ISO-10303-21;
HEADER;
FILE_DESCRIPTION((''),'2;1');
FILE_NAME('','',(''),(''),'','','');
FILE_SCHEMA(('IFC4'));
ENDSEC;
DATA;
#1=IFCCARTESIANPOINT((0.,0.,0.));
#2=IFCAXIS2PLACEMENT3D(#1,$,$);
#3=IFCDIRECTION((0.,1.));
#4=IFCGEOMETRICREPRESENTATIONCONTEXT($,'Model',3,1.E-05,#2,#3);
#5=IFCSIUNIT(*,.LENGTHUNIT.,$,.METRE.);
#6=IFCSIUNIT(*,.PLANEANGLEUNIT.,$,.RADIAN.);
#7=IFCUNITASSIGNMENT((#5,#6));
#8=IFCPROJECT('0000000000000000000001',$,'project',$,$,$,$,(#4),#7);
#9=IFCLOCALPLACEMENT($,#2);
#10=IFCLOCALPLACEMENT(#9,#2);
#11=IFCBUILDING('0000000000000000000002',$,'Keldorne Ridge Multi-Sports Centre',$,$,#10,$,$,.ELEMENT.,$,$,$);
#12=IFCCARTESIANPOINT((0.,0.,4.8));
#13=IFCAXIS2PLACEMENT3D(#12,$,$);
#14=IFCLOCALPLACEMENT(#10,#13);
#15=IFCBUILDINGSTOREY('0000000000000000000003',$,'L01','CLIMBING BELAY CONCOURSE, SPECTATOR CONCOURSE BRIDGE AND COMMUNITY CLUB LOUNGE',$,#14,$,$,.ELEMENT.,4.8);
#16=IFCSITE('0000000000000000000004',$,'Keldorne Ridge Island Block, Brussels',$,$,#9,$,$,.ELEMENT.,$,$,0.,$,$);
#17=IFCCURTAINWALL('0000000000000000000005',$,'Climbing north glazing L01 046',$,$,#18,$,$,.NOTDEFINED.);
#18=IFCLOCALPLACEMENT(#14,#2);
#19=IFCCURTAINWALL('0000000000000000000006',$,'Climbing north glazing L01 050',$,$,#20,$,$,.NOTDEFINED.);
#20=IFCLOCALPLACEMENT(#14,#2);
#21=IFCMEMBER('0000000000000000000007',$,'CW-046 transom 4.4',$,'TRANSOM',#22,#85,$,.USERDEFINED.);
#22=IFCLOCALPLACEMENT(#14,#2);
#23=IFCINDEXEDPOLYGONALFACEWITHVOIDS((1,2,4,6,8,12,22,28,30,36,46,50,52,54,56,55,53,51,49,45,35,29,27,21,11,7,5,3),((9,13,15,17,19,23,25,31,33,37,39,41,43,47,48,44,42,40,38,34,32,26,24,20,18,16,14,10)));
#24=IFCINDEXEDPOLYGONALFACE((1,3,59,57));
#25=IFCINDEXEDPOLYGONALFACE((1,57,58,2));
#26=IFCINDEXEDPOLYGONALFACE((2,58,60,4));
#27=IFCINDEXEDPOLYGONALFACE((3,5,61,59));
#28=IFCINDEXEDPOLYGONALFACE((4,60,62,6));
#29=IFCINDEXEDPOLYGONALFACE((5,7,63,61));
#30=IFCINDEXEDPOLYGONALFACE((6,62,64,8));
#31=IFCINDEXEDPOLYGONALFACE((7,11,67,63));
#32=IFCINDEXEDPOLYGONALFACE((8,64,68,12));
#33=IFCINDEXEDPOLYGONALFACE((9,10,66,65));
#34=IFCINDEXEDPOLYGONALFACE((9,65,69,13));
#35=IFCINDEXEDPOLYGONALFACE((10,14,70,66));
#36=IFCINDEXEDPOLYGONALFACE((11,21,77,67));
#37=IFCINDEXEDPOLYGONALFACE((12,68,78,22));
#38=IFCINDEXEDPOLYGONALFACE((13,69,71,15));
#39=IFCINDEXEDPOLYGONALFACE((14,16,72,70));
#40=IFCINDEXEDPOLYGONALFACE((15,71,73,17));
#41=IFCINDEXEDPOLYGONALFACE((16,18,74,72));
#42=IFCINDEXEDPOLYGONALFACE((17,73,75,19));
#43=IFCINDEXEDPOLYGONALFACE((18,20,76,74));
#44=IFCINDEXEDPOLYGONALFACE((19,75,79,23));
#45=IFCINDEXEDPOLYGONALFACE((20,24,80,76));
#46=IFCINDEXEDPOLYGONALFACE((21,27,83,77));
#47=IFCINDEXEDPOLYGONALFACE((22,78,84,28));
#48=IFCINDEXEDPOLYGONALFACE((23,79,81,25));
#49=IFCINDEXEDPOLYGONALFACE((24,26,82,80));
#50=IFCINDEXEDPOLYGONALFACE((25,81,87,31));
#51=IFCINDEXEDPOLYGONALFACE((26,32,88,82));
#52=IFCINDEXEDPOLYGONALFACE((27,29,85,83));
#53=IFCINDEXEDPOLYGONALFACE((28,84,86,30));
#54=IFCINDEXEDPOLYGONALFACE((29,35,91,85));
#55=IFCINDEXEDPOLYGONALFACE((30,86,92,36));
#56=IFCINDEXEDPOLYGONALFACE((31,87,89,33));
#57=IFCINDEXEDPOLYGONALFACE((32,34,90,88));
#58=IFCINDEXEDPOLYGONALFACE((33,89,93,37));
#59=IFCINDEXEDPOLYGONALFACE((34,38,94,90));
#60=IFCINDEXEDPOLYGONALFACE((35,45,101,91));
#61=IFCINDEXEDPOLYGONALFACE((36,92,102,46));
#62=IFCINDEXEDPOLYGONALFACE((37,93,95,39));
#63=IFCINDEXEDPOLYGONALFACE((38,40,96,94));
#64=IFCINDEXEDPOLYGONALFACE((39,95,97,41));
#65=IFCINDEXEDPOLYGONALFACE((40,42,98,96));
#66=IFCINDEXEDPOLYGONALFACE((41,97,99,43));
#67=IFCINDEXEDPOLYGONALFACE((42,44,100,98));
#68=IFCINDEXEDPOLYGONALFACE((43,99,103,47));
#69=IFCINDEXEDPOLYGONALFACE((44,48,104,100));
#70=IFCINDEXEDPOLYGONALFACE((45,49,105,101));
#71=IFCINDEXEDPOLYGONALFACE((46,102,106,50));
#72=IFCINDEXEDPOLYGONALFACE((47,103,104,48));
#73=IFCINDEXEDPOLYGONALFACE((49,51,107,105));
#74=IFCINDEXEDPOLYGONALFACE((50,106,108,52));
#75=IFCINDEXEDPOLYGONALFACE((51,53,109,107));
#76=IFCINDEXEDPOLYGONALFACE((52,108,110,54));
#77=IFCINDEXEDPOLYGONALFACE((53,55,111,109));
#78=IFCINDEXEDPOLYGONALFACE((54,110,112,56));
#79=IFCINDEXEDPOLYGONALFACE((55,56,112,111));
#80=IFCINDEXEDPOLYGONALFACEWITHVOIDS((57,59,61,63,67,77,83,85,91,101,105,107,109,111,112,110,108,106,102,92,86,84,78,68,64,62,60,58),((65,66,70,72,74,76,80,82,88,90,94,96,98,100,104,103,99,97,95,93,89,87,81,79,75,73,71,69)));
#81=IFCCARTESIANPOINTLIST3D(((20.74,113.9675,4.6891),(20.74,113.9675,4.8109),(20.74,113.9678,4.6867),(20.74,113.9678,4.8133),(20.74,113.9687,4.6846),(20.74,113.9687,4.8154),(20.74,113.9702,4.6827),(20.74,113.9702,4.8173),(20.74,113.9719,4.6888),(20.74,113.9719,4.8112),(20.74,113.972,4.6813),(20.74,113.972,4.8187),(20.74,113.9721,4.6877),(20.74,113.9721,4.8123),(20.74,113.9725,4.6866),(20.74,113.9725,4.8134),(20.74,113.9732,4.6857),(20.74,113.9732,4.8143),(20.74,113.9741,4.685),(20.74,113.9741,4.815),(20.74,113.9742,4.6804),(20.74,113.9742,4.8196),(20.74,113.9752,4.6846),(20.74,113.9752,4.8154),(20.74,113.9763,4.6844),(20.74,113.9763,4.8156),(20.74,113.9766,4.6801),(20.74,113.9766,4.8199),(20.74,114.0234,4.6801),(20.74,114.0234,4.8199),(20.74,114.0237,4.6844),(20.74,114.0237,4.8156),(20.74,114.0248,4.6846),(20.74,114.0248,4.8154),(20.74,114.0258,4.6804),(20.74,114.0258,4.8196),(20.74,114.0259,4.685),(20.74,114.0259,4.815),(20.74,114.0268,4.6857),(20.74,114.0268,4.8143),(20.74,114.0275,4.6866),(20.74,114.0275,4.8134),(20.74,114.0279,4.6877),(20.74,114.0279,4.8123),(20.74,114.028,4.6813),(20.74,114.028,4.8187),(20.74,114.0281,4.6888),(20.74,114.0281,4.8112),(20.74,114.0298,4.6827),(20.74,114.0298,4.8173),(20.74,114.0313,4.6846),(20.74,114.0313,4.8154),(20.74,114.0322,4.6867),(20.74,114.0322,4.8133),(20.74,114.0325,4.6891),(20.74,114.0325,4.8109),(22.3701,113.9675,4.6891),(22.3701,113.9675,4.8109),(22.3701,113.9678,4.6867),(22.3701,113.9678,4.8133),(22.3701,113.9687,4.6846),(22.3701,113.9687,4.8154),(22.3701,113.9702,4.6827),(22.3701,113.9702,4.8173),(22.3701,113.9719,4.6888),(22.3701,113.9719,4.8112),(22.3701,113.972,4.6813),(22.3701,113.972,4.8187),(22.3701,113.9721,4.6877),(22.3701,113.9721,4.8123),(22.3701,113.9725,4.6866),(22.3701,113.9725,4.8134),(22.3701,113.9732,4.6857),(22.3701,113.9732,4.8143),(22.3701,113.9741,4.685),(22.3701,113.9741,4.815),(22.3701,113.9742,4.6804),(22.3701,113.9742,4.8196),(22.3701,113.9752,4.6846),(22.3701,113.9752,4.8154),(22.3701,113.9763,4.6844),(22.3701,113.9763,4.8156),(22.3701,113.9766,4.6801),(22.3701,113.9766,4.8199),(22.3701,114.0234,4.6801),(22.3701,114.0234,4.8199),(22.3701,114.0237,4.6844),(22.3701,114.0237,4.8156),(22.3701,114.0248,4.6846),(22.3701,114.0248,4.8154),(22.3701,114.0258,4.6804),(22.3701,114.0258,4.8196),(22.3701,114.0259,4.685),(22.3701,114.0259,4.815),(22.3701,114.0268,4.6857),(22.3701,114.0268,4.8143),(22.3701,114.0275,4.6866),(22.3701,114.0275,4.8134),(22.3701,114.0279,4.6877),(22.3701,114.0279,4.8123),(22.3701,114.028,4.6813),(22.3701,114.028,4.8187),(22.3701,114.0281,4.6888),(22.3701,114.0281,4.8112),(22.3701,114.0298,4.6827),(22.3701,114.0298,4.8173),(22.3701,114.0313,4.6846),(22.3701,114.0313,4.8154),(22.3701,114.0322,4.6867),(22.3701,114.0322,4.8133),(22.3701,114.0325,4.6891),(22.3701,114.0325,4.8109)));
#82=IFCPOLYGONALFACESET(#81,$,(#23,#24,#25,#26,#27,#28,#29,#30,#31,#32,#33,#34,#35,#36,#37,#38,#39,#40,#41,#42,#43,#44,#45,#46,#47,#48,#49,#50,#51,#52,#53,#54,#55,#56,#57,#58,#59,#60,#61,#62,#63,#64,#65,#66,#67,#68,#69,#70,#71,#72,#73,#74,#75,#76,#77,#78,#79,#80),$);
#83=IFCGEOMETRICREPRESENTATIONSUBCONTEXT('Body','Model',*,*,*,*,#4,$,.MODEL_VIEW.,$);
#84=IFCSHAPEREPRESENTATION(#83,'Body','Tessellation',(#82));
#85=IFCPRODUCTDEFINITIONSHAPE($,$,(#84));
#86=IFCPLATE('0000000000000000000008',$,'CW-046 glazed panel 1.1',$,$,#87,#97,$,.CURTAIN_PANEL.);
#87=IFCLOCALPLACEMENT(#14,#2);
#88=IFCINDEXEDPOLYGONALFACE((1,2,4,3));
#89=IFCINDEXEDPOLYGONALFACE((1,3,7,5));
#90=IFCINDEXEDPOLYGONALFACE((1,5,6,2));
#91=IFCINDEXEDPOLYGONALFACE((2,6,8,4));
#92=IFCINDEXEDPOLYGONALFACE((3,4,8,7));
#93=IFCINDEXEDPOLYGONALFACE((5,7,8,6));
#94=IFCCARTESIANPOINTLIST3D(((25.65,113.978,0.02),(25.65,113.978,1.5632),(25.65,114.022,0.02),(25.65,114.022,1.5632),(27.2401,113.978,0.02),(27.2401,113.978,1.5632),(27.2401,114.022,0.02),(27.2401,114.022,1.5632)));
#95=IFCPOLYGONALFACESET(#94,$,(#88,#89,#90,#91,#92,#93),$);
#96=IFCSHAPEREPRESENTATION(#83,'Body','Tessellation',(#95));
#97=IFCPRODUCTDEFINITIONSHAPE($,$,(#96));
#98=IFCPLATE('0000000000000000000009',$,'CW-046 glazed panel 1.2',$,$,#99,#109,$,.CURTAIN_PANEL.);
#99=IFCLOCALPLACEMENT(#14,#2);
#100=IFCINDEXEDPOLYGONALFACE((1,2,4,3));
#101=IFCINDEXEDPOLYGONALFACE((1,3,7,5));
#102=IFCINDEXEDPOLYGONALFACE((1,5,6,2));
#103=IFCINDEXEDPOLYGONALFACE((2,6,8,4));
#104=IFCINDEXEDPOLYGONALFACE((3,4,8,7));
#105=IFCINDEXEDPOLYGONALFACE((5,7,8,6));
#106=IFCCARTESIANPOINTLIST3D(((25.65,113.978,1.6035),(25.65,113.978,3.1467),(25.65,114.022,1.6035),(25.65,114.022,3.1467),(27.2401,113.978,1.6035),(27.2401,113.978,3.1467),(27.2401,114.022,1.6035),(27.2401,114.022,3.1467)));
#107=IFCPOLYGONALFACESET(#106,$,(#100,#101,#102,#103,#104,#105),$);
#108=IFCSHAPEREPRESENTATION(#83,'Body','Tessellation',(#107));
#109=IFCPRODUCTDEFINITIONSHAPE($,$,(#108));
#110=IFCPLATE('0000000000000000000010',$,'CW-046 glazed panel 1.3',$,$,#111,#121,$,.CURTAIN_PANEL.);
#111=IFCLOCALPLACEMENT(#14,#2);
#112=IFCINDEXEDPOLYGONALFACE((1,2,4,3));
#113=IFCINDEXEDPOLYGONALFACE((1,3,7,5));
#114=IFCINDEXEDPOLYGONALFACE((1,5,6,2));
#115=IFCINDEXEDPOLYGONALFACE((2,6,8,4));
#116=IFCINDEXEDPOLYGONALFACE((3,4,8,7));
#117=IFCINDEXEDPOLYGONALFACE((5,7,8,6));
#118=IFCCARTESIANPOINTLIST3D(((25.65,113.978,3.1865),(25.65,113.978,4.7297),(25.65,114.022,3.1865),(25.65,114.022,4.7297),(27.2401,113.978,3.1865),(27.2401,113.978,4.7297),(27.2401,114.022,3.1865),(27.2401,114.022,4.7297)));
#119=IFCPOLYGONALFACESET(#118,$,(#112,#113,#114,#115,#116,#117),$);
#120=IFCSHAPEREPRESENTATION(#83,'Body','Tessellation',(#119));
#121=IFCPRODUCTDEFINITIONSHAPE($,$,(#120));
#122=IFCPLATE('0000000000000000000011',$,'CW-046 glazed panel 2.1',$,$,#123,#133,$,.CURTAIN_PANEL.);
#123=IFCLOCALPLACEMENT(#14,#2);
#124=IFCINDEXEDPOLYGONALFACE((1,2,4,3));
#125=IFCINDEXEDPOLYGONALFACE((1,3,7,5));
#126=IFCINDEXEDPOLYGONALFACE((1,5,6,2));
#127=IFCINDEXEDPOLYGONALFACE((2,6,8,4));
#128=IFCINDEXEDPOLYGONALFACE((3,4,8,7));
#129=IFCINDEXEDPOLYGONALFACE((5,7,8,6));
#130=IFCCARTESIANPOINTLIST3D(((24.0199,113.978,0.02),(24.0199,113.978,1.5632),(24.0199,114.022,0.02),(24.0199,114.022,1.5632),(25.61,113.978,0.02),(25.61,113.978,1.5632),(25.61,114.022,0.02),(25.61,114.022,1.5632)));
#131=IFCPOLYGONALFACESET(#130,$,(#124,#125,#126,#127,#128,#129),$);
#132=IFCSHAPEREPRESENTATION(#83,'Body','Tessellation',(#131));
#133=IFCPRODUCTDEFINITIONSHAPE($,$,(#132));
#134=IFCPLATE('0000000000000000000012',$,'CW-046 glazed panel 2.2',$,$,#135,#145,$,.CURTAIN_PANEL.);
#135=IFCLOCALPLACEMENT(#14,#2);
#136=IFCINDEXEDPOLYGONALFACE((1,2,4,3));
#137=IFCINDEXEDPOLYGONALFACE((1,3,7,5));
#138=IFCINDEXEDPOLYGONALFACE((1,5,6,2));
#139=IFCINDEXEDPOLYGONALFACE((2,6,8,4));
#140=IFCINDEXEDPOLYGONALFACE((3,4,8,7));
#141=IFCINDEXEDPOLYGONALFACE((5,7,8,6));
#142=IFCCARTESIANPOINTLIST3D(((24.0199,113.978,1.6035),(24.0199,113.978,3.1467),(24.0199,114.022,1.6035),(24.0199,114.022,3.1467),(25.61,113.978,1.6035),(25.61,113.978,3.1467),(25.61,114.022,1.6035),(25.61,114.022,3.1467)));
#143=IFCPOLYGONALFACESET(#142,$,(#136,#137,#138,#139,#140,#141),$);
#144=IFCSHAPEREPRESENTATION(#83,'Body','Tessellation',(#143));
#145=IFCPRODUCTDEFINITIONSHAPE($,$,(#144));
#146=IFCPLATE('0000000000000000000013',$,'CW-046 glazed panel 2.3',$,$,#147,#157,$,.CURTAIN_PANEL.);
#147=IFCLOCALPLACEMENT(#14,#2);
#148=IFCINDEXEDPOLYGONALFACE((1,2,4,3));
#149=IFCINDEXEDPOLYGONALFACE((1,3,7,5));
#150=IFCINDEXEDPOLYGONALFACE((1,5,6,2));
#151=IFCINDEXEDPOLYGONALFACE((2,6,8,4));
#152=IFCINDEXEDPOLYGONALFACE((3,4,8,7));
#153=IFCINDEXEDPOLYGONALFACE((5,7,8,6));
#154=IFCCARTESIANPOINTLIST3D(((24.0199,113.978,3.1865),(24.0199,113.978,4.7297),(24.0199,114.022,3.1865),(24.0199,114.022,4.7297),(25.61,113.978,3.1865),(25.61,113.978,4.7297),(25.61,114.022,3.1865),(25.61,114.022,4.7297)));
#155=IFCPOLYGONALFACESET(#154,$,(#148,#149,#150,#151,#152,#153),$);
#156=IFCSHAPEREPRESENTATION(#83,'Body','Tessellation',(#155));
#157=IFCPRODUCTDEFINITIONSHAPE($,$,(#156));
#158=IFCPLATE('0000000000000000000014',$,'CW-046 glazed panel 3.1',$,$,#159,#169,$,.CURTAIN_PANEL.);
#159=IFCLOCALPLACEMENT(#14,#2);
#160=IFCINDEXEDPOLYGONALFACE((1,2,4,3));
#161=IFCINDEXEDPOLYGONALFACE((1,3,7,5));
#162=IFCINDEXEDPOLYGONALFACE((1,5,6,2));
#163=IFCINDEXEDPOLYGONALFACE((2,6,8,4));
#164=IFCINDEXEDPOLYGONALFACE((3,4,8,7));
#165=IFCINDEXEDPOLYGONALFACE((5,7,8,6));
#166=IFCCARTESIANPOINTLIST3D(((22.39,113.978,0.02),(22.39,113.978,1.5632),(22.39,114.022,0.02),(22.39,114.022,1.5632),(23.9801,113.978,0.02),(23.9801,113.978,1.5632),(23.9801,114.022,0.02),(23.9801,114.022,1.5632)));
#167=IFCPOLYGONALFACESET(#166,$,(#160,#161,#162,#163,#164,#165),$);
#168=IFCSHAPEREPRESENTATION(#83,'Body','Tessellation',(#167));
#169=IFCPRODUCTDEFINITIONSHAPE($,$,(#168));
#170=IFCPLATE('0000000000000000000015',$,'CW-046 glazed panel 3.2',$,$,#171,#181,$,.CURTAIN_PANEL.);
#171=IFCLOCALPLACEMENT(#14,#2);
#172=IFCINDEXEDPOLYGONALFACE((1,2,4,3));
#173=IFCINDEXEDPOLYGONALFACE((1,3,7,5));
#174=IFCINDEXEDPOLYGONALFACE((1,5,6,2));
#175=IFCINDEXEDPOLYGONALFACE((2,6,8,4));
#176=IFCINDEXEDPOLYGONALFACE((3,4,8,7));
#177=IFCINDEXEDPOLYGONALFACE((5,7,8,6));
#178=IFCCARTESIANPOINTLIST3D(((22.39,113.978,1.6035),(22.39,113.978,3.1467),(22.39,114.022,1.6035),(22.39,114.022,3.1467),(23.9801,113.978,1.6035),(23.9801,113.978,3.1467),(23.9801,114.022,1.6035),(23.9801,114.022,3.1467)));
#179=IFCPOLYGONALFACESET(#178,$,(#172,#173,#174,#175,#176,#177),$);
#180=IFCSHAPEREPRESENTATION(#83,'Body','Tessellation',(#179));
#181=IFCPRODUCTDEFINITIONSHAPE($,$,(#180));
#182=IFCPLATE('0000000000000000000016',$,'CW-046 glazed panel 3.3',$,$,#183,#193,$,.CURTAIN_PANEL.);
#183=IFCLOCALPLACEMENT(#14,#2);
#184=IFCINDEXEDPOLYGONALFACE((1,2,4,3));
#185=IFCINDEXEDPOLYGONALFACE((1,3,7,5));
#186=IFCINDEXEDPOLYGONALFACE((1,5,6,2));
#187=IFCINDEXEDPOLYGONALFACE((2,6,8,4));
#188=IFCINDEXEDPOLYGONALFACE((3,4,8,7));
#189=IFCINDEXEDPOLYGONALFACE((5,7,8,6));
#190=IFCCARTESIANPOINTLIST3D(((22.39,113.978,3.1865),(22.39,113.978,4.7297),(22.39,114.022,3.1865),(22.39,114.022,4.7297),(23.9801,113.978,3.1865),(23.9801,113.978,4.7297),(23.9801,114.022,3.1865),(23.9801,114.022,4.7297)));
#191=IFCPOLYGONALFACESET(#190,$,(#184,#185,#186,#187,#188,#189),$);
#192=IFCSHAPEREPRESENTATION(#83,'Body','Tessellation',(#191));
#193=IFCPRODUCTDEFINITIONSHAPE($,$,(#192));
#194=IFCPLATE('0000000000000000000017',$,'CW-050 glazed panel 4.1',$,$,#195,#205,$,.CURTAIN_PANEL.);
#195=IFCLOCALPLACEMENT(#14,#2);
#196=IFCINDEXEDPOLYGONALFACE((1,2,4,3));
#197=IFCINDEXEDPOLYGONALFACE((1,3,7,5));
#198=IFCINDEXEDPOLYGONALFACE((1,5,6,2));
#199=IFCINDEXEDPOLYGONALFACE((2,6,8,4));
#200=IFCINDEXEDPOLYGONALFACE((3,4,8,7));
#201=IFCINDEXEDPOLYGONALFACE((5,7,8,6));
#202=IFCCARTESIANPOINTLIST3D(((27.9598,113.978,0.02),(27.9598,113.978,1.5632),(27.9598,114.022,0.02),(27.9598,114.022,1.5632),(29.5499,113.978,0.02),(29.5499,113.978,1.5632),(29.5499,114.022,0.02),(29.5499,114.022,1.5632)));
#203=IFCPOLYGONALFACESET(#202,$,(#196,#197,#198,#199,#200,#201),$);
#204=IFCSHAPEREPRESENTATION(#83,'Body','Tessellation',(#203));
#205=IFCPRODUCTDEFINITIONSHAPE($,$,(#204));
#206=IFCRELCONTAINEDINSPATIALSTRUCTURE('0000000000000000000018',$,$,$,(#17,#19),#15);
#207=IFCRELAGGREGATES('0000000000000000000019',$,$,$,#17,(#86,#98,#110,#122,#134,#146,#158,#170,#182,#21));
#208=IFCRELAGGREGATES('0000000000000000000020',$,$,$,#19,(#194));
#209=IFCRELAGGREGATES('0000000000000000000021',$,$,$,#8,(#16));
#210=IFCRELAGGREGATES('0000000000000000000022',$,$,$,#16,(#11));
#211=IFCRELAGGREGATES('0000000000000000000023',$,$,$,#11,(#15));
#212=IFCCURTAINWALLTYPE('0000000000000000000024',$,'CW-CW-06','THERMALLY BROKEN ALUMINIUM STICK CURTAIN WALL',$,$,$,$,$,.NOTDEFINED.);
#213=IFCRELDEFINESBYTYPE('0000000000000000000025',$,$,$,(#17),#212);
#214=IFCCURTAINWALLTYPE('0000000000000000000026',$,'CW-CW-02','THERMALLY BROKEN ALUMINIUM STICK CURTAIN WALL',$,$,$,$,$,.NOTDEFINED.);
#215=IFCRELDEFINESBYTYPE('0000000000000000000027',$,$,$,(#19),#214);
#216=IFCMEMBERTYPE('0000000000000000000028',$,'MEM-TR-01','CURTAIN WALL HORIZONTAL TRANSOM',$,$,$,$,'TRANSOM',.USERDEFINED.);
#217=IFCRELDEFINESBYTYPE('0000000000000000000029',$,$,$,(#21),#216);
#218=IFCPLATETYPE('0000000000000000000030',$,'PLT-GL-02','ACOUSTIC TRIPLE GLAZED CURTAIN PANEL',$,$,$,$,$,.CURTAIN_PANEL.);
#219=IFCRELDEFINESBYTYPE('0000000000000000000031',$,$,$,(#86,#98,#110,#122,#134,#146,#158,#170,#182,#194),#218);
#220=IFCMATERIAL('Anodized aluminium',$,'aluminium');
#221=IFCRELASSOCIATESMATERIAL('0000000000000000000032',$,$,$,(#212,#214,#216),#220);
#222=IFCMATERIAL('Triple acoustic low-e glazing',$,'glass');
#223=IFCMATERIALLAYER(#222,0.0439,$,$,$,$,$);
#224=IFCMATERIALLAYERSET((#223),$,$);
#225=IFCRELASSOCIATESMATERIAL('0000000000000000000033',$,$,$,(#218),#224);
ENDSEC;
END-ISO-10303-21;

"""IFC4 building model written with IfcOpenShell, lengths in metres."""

from ifc_helpers import new_model, si_unit, direction, frame, origin, origin_2d, place, context, subcontext, project, spatial, rectangle, hollow_rectangle, extrude, material, layer, layer_set, material_profile, profile_set, type_object, element, aggregate, save


model = new_model("IFC4")

# Units and contexts
model_context = context("Model", 3, precision=1e-05, world=origin(), true_north=direction((0.0, 1.0)))
body_context = subcontext(model_context, "Body", "Model", "MODEL_VIEW")
ifc_project = project(units=[si_unit("LENGTHUNIT", "METRE"), si_unit("PLANEANGLEUNIT", "RADIAN")], contexts=[model_context])

# Site, building, storey
site_placement = place(None, origin())
site = spatial("IfcSite", under=ifc_project, at=site_placement, Name="Keldorne Ridge Island Block, Brussels", CompositionType="ELEMENT", RefElevation=0.0)
building_placement = place(site_placement, origin())
building = spatial("IfcBuilding", under=site, at=building_placement, Name="Keldorne Ridge Multi-Sports Centre", CompositionType="ELEMENT")
storey_placement = place(building_placement, frame((0.0, 0.0, 4.8)))
storey = spatial("IfcBuildingStorey", under=building, at=storey_placement, Name="L01", Description="CLIMBING BELAY CONCOURSE, SPECTATOR CONCOURSE BRIDGE AND COMMUNITY CLUB LOUNGE", CompositionType="ELEMENT", Elevation=4.8)

# Curtain wall
ifc_material_1 = material(Name="Anodized aluminium", Category="aluminium")
curtain_wall_type_1 = type_object("IfcCurtainWallType", Name="CW-CW-06", Description="THERMALLY BROKEN ALUMINIUM STICK CURTAIN WALL", PredefinedType="NOTDEFINED", material=ifc_material_1)
curtain_wall_1_placement = place(storey_placement, origin())
curtain_wall_1 = element("IfcCurtainWall", 1, at=curtain_wall_1_placement, inside=storey, type_object=curtain_wall_type_1, Name="Climbing north glazing L01 046", PredefinedType="NOTDEFINED")

# Curtain wall
curtain_wall_type_2 = type_object("IfcCurtainWallType", Name="CW-CW-02", Description="THERMALLY BROKEN ALUMINIUM STICK CURTAIN WALL", PredefinedType="NOTDEFINED", material=ifc_material_1)
curtain_wall_2_placement = place(storey_placement, origin())
curtain_wall_2 = element("IfcCurtainWall", 2, at=curtain_wall_2_placement, inside=storey, type_object=curtain_wall_type_2, Name="Climbing north glazing L01 050", PredefinedType="NOTDEFINED")

# Member
ifc_material_profile_1 = material_profile(ifc_material_1, hollow_rectangle(XDim=0.0649, YDim=0.1399, WallThickness=0.0044, InnerFilletRadius=0.0044, OuterFilletRadius=0.009, at=origin_2d()), Name="ALU TRANSOM 140x65x4.5")
ifc_profile_set_1 = profile_set([ifc_material_profile_1], Name="Anodized aluminium")
member_type_1 = type_object("IfcMemberType", Name="MEM-TR-01", Description="CURTAIN WALL HORIZONTAL TRANSOM", ElementType="TRANSOM", PredefinedType="USERDEFINED", material=ifc_profile_set_1)
member_1_placement = place(storey_placement, frame((22.3701, 114.0, 4.75), z_axis=(-1.0, 0.0, 0.0), x_axis=(0.0, -1.0, 0.0)))
member_1 = element("IfcMember", 3, at=member_1_placement, type_object=member_type_1, Name="CW-046 transom 4.4", ObjectType="TRANSOM", PredefinedType="USERDEFINED", context=body_context, shape_type="SweptSolid", body=[
    extrude(hollow_rectangle(XDim=0.0649, YDim=0.1399, WallThickness=0.0044, InnerFilletRadius=0.0044, OuterFilletRadius=0.009, at=origin_2d()), origin(), (0.0, 0.0, 1.0), 1.6301),
])

# Plates
ifc_material_2 = material(Name="Triple acoustic low-e glazing", Category="glass")
ifc_layer = layer(ifc_material_2, 0.0439)
ifc_layer_set = layer_set([ifc_layer])
plate_type = type_object("IfcPlateType", Name="PLT-GL-02", Description="ACOUSTIC TRIPLE GLAZED CURTAIN PANEL", PredefinedType="CURTAIN_PANEL", material=ifc_layer_set)
plate_1_placement = place(storey_placement, frame((26.4451, 114.0, 0.02), z_axis=(0.0, 0.0, 1.0), x_axis=(-1.0, 0.0, 0.0)))
plate_1 = element("IfcPlate", 4, at=plate_1_placement, type_object=plate_type, Name="CW-046 glazed panel 1.1", PredefinedType="CURTAIN_PANEL", context=body_context, shape_type="SweptSolid", body=[
    extrude(rectangle(XDim=1.5901, YDim=0.0439, at=origin_2d()), origin(), (0.0, 0.0, 1.0), 1.5432),
])
plate_2_placement = place(storey_placement, frame((26.4451, 114.0, 1.6035), z_axis=(0.0, 0.0, 1.0), x_axis=(-1.0, 0.0, 0.0)))
plate_2 = element("IfcPlate", 5, at=plate_2_placement, type_object=plate_type, Name="CW-046 glazed panel 1.2", PredefinedType="CURTAIN_PANEL", context=body_context, shape_type="SweptSolid", body=[
    extrude(rectangle(XDim=1.5901, YDim=0.0439, at=origin_2d()), origin(), (0.0, 0.0, 1.0), 1.5432),
])
plate_3_placement = place(storey_placement, frame((26.4451, 114.0, 3.1865), z_axis=(0.0, 0.0, 1.0), x_axis=(-1.0, 0.0, 0.0)))
plate_3 = element("IfcPlate", 6, at=plate_3_placement, type_object=plate_type, Name="CW-046 glazed panel 1.3", PredefinedType="CURTAIN_PANEL", context=body_context, shape_type="SweptSolid", body=[
    extrude(rectangle(XDim=1.5901, YDim=0.0439, at=origin_2d()), origin(), (0.0, 0.0, 1.0), 1.5432),
])
plate_4_placement = place(storey_placement, frame((24.8149, 114.0, 0.02), z_axis=(0.0, 0.0, 1.0), x_axis=(-1.0, 0.0, 0.0)))
plate_4 = element("IfcPlate", 7, at=plate_4_placement, type_object=plate_type, Name="CW-046 glazed panel 2.1", PredefinedType="CURTAIN_PANEL", context=body_context, shape_type="SweptSolid", body=[
    extrude(rectangle(XDim=1.5901, YDim=0.0439, at=origin_2d()), origin(), (0.0, 0.0, 1.0), 1.5432),
])
plate_5_placement = place(storey_placement, frame((24.8149, 114.0, 1.6035), z_axis=(0.0, 0.0, 1.0), x_axis=(-1.0, 0.0, 0.0)))
plate_5 = element("IfcPlate", 8, at=plate_5_placement, type_object=plate_type, Name="CW-046 glazed panel 2.2", PredefinedType="CURTAIN_PANEL", context=body_context, shape_type="SweptSolid", body=[
    extrude(rectangle(XDim=1.5901, YDim=0.0439, at=origin_2d()), origin(), (0.0, 0.0, 1.0), 1.5432),
])
plate_6_placement = place(storey_placement, frame((24.8149, 114.0, 3.1865), z_axis=(0.0, 0.0, 1.0), x_axis=(-1.0, 0.0, 0.0)))
plate_6 = element("IfcPlate", 9, at=plate_6_placement, type_object=plate_type, Name="CW-046 glazed panel 2.3", PredefinedType="CURTAIN_PANEL", context=body_context, shape_type="SweptSolid", body=[
    extrude(rectangle(XDim=1.5901, YDim=0.0439, at=origin_2d()), origin(), (0.0, 0.0, 1.0), 1.5432),
])
plate_7_placement = place(storey_placement, frame((23.1851, 114.0, 0.02), z_axis=(0.0, 0.0, 1.0), x_axis=(-1.0, 0.0, 0.0)))
plate_7 = element("IfcPlate", 10, at=plate_7_placement, type_object=plate_type, Name="CW-046 glazed panel 3.1", PredefinedType="CURTAIN_PANEL", context=body_context, shape_type="SweptSolid", body=[
    extrude(rectangle(XDim=1.5901, YDim=0.0439, at=origin_2d()), origin(), (0.0, 0.0, 1.0), 1.5432),
])
plate_8_placement = place(storey_placement, frame((23.1851, 114.0, 1.6035), z_axis=(0.0, 0.0, 1.0), x_axis=(-1.0, 0.0, 0.0)))
plate_8 = element("IfcPlate", 11, at=plate_8_placement, type_object=plate_type, Name="CW-046 glazed panel 3.2", PredefinedType="CURTAIN_PANEL", context=body_context, shape_type="SweptSolid", body=[
    extrude(rectangle(XDim=1.5901, YDim=0.0439, at=origin_2d()), origin(), (0.0, 0.0, 1.0), 1.5432),
])
plate_9_placement = place(storey_placement, frame((23.1851, 114.0, 3.1865), z_axis=(0.0, 0.0, 1.0), x_axis=(-1.0, 0.0, 0.0)))
plate_9 = element("IfcPlate", 12, at=plate_9_placement, type_object=plate_type, Name="CW-046 glazed panel 3.3", PredefinedType="CURTAIN_PANEL", context=body_context, shape_type="SweptSolid", body=[
    extrude(rectangle(XDim=1.5901, YDim=0.0439, at=origin_2d()), origin(), (0.0, 0.0, 1.0), 1.5432),
])
aggregate(curtain_wall_1, [plate_1, plate_2, plate_3, plate_4, plate_5, plate_6, plate_7, plate_8, plate_9, member_1])
plate_10_placement = place(storey_placement, frame((28.7549, 114.0, 0.02), z_axis=(0.0, 0.0, 1.0), x_axis=(-1.0, 0.0, 0.0)))
plate_10 = element("IfcPlate", 13, at=plate_10_placement, type_object=plate_type, Name="CW-050 glazed panel 4.1", PredefinedType="CURTAIN_PANEL", context=body_context, shape_type="SweptSolid", body=[
    extrude(rectangle(XDim=1.5901, YDim=0.0439, at=origin_2d()), origin(), (0.0, 0.0, 1.0), 1.5432),
])
aggregate(curtain_wall_2, [plate_10])

save(model, "model.ifc")
